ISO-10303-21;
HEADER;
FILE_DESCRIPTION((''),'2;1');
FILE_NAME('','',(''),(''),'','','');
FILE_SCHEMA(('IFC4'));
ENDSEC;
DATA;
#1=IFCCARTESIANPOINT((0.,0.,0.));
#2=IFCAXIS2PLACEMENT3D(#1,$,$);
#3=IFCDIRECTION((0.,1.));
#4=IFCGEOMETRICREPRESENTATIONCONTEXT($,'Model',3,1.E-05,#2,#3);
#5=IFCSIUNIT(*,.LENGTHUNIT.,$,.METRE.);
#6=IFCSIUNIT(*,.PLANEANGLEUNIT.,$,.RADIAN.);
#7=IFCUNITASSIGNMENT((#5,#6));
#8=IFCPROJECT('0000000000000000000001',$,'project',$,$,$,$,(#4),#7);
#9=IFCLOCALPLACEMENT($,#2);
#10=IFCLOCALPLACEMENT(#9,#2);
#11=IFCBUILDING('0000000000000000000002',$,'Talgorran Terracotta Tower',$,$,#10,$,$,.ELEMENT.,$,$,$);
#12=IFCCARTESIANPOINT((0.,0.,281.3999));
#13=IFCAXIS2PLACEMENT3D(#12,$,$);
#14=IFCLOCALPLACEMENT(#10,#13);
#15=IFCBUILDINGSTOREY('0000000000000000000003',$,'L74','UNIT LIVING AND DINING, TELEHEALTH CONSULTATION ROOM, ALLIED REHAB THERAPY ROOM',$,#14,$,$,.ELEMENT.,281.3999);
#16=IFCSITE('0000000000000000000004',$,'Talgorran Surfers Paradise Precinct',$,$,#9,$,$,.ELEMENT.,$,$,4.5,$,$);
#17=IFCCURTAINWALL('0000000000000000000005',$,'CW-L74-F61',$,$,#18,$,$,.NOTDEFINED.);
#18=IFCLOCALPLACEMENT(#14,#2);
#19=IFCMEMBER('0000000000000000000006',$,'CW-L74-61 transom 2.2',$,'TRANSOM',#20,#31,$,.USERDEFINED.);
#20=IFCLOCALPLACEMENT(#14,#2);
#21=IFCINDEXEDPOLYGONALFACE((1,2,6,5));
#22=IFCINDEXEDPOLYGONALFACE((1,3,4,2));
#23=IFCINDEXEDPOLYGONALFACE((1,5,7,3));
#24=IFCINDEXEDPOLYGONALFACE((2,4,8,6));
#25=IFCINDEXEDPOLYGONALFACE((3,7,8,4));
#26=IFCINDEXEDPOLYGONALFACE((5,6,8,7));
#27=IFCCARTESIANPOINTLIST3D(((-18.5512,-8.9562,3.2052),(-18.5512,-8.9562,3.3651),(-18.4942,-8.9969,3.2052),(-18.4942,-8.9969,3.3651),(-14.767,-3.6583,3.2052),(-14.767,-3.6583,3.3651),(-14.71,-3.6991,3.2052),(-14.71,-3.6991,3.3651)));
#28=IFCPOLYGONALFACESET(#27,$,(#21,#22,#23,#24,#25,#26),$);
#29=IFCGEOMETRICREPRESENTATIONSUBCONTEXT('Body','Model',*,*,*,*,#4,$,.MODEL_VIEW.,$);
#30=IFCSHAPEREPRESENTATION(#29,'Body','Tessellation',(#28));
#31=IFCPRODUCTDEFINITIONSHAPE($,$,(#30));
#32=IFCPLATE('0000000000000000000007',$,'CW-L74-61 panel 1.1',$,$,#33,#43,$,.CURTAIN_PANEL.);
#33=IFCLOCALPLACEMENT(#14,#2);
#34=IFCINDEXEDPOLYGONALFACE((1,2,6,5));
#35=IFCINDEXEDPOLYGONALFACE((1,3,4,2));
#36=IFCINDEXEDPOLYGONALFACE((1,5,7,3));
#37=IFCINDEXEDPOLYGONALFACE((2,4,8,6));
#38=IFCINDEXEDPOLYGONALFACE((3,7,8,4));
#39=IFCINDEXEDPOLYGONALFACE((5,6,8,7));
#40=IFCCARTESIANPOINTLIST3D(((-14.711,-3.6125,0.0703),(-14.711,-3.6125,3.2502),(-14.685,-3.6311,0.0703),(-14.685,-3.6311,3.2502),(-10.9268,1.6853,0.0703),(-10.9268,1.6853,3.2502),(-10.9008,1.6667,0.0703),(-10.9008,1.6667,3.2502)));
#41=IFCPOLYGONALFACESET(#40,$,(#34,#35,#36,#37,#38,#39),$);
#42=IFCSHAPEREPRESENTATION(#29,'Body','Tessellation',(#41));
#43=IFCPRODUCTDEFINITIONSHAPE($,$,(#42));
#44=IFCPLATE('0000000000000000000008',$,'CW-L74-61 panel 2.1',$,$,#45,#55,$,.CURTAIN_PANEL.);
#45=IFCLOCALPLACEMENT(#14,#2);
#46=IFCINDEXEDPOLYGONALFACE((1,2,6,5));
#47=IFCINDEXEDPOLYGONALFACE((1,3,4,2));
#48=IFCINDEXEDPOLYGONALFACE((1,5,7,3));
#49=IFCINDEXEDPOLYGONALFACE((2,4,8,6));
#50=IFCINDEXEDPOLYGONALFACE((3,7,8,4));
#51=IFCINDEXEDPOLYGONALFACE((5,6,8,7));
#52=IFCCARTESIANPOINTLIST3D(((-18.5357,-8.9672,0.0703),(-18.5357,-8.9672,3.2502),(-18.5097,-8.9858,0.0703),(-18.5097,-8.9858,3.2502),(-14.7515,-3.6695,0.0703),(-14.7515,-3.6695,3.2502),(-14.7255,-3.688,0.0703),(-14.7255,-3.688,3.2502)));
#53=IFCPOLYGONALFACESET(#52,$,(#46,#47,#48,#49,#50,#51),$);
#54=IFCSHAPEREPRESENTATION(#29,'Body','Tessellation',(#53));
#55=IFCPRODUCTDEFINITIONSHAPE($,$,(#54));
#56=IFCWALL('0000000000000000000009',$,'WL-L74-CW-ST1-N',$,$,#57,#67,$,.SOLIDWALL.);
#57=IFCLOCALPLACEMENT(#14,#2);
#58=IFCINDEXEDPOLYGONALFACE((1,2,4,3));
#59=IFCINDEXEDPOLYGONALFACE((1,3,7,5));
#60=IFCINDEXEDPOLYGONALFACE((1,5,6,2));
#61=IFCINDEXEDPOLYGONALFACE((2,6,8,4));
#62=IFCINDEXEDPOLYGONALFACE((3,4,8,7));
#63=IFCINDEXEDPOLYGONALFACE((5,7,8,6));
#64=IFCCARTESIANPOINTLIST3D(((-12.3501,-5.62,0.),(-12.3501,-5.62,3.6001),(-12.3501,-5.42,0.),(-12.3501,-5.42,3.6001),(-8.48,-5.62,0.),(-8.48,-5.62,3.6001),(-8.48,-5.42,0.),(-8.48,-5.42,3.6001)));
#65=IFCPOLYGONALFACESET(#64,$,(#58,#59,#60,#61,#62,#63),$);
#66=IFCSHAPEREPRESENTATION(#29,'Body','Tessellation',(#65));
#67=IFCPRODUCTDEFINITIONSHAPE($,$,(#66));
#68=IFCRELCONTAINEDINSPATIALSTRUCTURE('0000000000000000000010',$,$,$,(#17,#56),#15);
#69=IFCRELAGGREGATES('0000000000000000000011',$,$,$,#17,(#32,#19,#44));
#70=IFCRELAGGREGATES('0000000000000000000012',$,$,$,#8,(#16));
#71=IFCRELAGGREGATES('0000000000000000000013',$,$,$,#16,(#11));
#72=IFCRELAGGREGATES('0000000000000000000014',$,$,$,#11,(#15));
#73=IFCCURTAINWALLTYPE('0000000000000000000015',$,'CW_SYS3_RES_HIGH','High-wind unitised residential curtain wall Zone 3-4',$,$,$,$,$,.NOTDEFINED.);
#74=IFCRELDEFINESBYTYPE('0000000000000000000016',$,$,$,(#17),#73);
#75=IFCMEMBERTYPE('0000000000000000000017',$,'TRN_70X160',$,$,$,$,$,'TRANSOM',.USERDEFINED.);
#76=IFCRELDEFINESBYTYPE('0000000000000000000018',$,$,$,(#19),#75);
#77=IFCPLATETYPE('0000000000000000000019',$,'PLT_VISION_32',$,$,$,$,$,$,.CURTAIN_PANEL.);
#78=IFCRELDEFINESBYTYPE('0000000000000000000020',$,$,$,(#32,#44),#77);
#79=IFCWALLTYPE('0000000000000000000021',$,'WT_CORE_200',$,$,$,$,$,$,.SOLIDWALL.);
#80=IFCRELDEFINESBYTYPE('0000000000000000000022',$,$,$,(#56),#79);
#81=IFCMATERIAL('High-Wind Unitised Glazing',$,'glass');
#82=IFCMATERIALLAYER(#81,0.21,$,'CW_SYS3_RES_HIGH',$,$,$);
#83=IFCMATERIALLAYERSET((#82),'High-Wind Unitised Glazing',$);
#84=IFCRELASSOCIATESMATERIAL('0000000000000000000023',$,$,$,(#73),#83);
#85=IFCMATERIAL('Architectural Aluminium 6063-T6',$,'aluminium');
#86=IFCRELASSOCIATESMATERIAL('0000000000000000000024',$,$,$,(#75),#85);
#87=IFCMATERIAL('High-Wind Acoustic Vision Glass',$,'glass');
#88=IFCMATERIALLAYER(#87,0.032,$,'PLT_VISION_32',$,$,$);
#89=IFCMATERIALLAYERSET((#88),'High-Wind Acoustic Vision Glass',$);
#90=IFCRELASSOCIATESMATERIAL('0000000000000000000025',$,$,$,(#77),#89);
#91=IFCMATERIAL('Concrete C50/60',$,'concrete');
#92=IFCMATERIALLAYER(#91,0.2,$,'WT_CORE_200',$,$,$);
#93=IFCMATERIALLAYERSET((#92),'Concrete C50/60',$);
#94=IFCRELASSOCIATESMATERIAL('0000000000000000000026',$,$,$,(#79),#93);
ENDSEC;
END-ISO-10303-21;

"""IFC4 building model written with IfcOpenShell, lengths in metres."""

from ifc_helpers import new_model, si_unit, direction, frame, frame_2d, origin, origin_2d, place, context, subcontext, project, spatial, rectangle, extrude, source, transform, mapped, material, layer, layer_set, material_profile, profile_set, type_object, type_shapes, element, aggregate, save


model = new_model("IFC4")

# Units and contexts
model_context = context("Model", 3, precision=1e-05, world=origin(), true_north=direction((0.0, 1.0)))
body_context = subcontext(model_context, "Body", "Model", "MODEL_VIEW")
ifc_project = project(units=[si_unit("LENGTHUNIT", "METRE"), si_unit("PLANEANGLEUNIT", "RADIAN")], contexts=[model_context])

# Site, building, storey
site_placement = place(None, origin())
site = spatial("IfcSite", under=ifc_project, at=site_placement, Name="Talgorran Surfers Paradise Precinct", CompositionType="ELEMENT", RefElevation=4.5)
building_placement = place(site_placement, origin())
building = spatial("IfcBuilding", under=site, at=building_placement, Name="Talgorran Terracotta Tower", CompositionType="ELEMENT")
storey_placement = place(building_placement, frame((0.0, 0.0, 281.3999)))
storey = spatial("IfcBuildingStorey", under=building, at=storey_placement, Name="L74", Description="UNIT LIVING AND DINING, TELEHEALTH CONSULTATION ROOM, ALLIED REHAB THERAPY ROOM", CompositionType="ELEMENT", Elevation=281.3999)

# Curtain wall, member, plates
ifc_material_1 = material(Name="High-Wind Unitised Glazing", Category="glass")
ifc_layer_1 = layer(ifc_material_1, 0.21, Name="CW_SYS3_RES_HIGH")
ifc_layer_set_1 = layer_set([ifc_layer_1], Name="High-Wind Unitised Glazing")
curtain_wall_type = type_object("IfcCurtainWallType", Name="CW_SYS3_RES_HIGH", Description="High-wind unitised residential curtain wall Zone 3-4", PredefinedType="NOTDEFINED", material=ifc_layer_set_1)
curtain_wall_placement = place(storey_placement, origin())
curtain_wall = element("IfcCurtainWall", 1, at=curtain_wall_placement, inside=storey, type_object=curtain_wall_type, Name="CW-L74-F61", PredefinedType="NOTDEFINED")
ifc_material_2 = material(Name="Architectural Aluminium 6063-T6", Category="aluminium")
ifc_material_profile_1 = material_profile(ifc_material_2, rectangle(XDim=0.0701, YDim=0.1599, at=origin_2d()), Name="CWT70X160")
ifc_profile_set_1 = profile_set([ifc_material_profile_1], Name="Architectural Aluminium 6063-T6")
member_type_1 = type_object("IfcMemberType", Name="TRN_70X160", ElementType="TRANSOM", PredefinedType="USERDEFINED", material=ifc_profile_set_1)
member_1_placement = place(storey_placement, frame((-14.7385, -3.6787, 3.2852), z_axis=(-0.581238, -0.813733, 0.0), x_axis=(0.813733, -0.581238, 0.0)))
member_1 = element("IfcMember", 2, at=member_1_placement, type_object=member_type_1, Name="CW-L74-61 transom 2.2", ObjectType="TRANSOM", PredefinedType="USERDEFINED", context=body_context, shape_type="SweptSolid", body=[
    extrude(rectangle(XDim=0.0701, YDim=0.1599, at=origin_2d()), origin(), (0.0, 0.0, 1.0), 6.5105),
])
ifc_material_3 = material(Name="High-Wind Acoustic Vision Glass", Category="glass")
ifc_layer_2 = layer(ifc_material_3, 0.032, Name="PLT_VISION_32")
ifc_layer_set_2 = layer_set([ifc_layer_2], Name="High-Wind Acoustic Vision Glass")
plate_type = type_object("IfcPlateType", Name="PLT_VISION_32", PredefinedType="CURTAIN_PANEL", material=ifc_layer_set_2)
shared_shape = source(origin(), body_context, "Body", "SweptSolid", [
    extrude(rectangle(XDim=6.5105, YDim=0.032, at=origin_2d()), origin(), (0.0, 0.0, 1.0), 3.1799),
])
type_shapes(plate_type, [shared_shape])
plate_1_placement = place(storey_placement, frame((-12.8059, -0.9729, 0.0703), z_axis=(0.0, 0.0, 1.0), x_axis=(-0.581247, -0.813727, 0.0)))
plate_1 = element("IfcPlate", 3, at=plate_1_placement, type_object=plate_type, Name="CW-L74-61 panel 1.1", PredefinedType="CURTAIN_PANEL", context=body_context, shape_type="MappedRepresentation", body=[
    mapped(shared_shape, transform((0.0, 0.0, 0.0), scale=1.0)),
])
plate_2_placement = place(storey_placement, frame((-16.6306, -6.3276, 0.0703), z_axis=(0.0, 0.0, 1.0), x_axis=(-0.581247, -0.813727, 0.0)))
plate_2 = element("IfcPlate", 4, at=plate_2_placement, type_object=plate_type, Name="CW-L74-61 panel 2.1", PredefinedType="CURTAIN_PANEL", context=body_context, shape_type="MappedRepresentation", body=[
    mapped(shared_shape, transform((0.0, 0.0, 0.0), scale=1.0)),
])
aggregate(curtain_wall, [plate_1, member_1, plate_2])

# Wall
ifc_material_4 = material(Name="Concrete C50/60", Category="concrete")
ifc_layer_3 = layer(ifc_material_4, 0.2, Name="WT_CORE_200")
ifc_layer_set_3 = layer_set([ifc_layer_3], Name="Concrete C50/60")
wall_type_1 = type_object("IfcWallType", Name="WT_CORE_200", PredefinedType="SOLIDWALL", material=ifc_layer_set_3)
wall_1_placement = place(storey_placement, frame((-12.3501, -5.52, 0.0), z_axis=(0.0, 0.0, 1.0), x_axis=(1.0, 0.0, 0.0)))
element("IfcWall", 5, at=wall_1_placement, inside=storey, type_object=wall_type_1, Name="WL-L74-CW-ST1-N", PredefinedType="SOLIDWALL", context=body_context, shape_type="SweptSolid", body=[
    extrude(rectangle(XDim=3.8701, YDim=0.2, at=frame_2d((1.9351, 0.0))), origin(), (0.0, 0.0, 1.0), 3.6001),
])

save(model, "model.ifc")
